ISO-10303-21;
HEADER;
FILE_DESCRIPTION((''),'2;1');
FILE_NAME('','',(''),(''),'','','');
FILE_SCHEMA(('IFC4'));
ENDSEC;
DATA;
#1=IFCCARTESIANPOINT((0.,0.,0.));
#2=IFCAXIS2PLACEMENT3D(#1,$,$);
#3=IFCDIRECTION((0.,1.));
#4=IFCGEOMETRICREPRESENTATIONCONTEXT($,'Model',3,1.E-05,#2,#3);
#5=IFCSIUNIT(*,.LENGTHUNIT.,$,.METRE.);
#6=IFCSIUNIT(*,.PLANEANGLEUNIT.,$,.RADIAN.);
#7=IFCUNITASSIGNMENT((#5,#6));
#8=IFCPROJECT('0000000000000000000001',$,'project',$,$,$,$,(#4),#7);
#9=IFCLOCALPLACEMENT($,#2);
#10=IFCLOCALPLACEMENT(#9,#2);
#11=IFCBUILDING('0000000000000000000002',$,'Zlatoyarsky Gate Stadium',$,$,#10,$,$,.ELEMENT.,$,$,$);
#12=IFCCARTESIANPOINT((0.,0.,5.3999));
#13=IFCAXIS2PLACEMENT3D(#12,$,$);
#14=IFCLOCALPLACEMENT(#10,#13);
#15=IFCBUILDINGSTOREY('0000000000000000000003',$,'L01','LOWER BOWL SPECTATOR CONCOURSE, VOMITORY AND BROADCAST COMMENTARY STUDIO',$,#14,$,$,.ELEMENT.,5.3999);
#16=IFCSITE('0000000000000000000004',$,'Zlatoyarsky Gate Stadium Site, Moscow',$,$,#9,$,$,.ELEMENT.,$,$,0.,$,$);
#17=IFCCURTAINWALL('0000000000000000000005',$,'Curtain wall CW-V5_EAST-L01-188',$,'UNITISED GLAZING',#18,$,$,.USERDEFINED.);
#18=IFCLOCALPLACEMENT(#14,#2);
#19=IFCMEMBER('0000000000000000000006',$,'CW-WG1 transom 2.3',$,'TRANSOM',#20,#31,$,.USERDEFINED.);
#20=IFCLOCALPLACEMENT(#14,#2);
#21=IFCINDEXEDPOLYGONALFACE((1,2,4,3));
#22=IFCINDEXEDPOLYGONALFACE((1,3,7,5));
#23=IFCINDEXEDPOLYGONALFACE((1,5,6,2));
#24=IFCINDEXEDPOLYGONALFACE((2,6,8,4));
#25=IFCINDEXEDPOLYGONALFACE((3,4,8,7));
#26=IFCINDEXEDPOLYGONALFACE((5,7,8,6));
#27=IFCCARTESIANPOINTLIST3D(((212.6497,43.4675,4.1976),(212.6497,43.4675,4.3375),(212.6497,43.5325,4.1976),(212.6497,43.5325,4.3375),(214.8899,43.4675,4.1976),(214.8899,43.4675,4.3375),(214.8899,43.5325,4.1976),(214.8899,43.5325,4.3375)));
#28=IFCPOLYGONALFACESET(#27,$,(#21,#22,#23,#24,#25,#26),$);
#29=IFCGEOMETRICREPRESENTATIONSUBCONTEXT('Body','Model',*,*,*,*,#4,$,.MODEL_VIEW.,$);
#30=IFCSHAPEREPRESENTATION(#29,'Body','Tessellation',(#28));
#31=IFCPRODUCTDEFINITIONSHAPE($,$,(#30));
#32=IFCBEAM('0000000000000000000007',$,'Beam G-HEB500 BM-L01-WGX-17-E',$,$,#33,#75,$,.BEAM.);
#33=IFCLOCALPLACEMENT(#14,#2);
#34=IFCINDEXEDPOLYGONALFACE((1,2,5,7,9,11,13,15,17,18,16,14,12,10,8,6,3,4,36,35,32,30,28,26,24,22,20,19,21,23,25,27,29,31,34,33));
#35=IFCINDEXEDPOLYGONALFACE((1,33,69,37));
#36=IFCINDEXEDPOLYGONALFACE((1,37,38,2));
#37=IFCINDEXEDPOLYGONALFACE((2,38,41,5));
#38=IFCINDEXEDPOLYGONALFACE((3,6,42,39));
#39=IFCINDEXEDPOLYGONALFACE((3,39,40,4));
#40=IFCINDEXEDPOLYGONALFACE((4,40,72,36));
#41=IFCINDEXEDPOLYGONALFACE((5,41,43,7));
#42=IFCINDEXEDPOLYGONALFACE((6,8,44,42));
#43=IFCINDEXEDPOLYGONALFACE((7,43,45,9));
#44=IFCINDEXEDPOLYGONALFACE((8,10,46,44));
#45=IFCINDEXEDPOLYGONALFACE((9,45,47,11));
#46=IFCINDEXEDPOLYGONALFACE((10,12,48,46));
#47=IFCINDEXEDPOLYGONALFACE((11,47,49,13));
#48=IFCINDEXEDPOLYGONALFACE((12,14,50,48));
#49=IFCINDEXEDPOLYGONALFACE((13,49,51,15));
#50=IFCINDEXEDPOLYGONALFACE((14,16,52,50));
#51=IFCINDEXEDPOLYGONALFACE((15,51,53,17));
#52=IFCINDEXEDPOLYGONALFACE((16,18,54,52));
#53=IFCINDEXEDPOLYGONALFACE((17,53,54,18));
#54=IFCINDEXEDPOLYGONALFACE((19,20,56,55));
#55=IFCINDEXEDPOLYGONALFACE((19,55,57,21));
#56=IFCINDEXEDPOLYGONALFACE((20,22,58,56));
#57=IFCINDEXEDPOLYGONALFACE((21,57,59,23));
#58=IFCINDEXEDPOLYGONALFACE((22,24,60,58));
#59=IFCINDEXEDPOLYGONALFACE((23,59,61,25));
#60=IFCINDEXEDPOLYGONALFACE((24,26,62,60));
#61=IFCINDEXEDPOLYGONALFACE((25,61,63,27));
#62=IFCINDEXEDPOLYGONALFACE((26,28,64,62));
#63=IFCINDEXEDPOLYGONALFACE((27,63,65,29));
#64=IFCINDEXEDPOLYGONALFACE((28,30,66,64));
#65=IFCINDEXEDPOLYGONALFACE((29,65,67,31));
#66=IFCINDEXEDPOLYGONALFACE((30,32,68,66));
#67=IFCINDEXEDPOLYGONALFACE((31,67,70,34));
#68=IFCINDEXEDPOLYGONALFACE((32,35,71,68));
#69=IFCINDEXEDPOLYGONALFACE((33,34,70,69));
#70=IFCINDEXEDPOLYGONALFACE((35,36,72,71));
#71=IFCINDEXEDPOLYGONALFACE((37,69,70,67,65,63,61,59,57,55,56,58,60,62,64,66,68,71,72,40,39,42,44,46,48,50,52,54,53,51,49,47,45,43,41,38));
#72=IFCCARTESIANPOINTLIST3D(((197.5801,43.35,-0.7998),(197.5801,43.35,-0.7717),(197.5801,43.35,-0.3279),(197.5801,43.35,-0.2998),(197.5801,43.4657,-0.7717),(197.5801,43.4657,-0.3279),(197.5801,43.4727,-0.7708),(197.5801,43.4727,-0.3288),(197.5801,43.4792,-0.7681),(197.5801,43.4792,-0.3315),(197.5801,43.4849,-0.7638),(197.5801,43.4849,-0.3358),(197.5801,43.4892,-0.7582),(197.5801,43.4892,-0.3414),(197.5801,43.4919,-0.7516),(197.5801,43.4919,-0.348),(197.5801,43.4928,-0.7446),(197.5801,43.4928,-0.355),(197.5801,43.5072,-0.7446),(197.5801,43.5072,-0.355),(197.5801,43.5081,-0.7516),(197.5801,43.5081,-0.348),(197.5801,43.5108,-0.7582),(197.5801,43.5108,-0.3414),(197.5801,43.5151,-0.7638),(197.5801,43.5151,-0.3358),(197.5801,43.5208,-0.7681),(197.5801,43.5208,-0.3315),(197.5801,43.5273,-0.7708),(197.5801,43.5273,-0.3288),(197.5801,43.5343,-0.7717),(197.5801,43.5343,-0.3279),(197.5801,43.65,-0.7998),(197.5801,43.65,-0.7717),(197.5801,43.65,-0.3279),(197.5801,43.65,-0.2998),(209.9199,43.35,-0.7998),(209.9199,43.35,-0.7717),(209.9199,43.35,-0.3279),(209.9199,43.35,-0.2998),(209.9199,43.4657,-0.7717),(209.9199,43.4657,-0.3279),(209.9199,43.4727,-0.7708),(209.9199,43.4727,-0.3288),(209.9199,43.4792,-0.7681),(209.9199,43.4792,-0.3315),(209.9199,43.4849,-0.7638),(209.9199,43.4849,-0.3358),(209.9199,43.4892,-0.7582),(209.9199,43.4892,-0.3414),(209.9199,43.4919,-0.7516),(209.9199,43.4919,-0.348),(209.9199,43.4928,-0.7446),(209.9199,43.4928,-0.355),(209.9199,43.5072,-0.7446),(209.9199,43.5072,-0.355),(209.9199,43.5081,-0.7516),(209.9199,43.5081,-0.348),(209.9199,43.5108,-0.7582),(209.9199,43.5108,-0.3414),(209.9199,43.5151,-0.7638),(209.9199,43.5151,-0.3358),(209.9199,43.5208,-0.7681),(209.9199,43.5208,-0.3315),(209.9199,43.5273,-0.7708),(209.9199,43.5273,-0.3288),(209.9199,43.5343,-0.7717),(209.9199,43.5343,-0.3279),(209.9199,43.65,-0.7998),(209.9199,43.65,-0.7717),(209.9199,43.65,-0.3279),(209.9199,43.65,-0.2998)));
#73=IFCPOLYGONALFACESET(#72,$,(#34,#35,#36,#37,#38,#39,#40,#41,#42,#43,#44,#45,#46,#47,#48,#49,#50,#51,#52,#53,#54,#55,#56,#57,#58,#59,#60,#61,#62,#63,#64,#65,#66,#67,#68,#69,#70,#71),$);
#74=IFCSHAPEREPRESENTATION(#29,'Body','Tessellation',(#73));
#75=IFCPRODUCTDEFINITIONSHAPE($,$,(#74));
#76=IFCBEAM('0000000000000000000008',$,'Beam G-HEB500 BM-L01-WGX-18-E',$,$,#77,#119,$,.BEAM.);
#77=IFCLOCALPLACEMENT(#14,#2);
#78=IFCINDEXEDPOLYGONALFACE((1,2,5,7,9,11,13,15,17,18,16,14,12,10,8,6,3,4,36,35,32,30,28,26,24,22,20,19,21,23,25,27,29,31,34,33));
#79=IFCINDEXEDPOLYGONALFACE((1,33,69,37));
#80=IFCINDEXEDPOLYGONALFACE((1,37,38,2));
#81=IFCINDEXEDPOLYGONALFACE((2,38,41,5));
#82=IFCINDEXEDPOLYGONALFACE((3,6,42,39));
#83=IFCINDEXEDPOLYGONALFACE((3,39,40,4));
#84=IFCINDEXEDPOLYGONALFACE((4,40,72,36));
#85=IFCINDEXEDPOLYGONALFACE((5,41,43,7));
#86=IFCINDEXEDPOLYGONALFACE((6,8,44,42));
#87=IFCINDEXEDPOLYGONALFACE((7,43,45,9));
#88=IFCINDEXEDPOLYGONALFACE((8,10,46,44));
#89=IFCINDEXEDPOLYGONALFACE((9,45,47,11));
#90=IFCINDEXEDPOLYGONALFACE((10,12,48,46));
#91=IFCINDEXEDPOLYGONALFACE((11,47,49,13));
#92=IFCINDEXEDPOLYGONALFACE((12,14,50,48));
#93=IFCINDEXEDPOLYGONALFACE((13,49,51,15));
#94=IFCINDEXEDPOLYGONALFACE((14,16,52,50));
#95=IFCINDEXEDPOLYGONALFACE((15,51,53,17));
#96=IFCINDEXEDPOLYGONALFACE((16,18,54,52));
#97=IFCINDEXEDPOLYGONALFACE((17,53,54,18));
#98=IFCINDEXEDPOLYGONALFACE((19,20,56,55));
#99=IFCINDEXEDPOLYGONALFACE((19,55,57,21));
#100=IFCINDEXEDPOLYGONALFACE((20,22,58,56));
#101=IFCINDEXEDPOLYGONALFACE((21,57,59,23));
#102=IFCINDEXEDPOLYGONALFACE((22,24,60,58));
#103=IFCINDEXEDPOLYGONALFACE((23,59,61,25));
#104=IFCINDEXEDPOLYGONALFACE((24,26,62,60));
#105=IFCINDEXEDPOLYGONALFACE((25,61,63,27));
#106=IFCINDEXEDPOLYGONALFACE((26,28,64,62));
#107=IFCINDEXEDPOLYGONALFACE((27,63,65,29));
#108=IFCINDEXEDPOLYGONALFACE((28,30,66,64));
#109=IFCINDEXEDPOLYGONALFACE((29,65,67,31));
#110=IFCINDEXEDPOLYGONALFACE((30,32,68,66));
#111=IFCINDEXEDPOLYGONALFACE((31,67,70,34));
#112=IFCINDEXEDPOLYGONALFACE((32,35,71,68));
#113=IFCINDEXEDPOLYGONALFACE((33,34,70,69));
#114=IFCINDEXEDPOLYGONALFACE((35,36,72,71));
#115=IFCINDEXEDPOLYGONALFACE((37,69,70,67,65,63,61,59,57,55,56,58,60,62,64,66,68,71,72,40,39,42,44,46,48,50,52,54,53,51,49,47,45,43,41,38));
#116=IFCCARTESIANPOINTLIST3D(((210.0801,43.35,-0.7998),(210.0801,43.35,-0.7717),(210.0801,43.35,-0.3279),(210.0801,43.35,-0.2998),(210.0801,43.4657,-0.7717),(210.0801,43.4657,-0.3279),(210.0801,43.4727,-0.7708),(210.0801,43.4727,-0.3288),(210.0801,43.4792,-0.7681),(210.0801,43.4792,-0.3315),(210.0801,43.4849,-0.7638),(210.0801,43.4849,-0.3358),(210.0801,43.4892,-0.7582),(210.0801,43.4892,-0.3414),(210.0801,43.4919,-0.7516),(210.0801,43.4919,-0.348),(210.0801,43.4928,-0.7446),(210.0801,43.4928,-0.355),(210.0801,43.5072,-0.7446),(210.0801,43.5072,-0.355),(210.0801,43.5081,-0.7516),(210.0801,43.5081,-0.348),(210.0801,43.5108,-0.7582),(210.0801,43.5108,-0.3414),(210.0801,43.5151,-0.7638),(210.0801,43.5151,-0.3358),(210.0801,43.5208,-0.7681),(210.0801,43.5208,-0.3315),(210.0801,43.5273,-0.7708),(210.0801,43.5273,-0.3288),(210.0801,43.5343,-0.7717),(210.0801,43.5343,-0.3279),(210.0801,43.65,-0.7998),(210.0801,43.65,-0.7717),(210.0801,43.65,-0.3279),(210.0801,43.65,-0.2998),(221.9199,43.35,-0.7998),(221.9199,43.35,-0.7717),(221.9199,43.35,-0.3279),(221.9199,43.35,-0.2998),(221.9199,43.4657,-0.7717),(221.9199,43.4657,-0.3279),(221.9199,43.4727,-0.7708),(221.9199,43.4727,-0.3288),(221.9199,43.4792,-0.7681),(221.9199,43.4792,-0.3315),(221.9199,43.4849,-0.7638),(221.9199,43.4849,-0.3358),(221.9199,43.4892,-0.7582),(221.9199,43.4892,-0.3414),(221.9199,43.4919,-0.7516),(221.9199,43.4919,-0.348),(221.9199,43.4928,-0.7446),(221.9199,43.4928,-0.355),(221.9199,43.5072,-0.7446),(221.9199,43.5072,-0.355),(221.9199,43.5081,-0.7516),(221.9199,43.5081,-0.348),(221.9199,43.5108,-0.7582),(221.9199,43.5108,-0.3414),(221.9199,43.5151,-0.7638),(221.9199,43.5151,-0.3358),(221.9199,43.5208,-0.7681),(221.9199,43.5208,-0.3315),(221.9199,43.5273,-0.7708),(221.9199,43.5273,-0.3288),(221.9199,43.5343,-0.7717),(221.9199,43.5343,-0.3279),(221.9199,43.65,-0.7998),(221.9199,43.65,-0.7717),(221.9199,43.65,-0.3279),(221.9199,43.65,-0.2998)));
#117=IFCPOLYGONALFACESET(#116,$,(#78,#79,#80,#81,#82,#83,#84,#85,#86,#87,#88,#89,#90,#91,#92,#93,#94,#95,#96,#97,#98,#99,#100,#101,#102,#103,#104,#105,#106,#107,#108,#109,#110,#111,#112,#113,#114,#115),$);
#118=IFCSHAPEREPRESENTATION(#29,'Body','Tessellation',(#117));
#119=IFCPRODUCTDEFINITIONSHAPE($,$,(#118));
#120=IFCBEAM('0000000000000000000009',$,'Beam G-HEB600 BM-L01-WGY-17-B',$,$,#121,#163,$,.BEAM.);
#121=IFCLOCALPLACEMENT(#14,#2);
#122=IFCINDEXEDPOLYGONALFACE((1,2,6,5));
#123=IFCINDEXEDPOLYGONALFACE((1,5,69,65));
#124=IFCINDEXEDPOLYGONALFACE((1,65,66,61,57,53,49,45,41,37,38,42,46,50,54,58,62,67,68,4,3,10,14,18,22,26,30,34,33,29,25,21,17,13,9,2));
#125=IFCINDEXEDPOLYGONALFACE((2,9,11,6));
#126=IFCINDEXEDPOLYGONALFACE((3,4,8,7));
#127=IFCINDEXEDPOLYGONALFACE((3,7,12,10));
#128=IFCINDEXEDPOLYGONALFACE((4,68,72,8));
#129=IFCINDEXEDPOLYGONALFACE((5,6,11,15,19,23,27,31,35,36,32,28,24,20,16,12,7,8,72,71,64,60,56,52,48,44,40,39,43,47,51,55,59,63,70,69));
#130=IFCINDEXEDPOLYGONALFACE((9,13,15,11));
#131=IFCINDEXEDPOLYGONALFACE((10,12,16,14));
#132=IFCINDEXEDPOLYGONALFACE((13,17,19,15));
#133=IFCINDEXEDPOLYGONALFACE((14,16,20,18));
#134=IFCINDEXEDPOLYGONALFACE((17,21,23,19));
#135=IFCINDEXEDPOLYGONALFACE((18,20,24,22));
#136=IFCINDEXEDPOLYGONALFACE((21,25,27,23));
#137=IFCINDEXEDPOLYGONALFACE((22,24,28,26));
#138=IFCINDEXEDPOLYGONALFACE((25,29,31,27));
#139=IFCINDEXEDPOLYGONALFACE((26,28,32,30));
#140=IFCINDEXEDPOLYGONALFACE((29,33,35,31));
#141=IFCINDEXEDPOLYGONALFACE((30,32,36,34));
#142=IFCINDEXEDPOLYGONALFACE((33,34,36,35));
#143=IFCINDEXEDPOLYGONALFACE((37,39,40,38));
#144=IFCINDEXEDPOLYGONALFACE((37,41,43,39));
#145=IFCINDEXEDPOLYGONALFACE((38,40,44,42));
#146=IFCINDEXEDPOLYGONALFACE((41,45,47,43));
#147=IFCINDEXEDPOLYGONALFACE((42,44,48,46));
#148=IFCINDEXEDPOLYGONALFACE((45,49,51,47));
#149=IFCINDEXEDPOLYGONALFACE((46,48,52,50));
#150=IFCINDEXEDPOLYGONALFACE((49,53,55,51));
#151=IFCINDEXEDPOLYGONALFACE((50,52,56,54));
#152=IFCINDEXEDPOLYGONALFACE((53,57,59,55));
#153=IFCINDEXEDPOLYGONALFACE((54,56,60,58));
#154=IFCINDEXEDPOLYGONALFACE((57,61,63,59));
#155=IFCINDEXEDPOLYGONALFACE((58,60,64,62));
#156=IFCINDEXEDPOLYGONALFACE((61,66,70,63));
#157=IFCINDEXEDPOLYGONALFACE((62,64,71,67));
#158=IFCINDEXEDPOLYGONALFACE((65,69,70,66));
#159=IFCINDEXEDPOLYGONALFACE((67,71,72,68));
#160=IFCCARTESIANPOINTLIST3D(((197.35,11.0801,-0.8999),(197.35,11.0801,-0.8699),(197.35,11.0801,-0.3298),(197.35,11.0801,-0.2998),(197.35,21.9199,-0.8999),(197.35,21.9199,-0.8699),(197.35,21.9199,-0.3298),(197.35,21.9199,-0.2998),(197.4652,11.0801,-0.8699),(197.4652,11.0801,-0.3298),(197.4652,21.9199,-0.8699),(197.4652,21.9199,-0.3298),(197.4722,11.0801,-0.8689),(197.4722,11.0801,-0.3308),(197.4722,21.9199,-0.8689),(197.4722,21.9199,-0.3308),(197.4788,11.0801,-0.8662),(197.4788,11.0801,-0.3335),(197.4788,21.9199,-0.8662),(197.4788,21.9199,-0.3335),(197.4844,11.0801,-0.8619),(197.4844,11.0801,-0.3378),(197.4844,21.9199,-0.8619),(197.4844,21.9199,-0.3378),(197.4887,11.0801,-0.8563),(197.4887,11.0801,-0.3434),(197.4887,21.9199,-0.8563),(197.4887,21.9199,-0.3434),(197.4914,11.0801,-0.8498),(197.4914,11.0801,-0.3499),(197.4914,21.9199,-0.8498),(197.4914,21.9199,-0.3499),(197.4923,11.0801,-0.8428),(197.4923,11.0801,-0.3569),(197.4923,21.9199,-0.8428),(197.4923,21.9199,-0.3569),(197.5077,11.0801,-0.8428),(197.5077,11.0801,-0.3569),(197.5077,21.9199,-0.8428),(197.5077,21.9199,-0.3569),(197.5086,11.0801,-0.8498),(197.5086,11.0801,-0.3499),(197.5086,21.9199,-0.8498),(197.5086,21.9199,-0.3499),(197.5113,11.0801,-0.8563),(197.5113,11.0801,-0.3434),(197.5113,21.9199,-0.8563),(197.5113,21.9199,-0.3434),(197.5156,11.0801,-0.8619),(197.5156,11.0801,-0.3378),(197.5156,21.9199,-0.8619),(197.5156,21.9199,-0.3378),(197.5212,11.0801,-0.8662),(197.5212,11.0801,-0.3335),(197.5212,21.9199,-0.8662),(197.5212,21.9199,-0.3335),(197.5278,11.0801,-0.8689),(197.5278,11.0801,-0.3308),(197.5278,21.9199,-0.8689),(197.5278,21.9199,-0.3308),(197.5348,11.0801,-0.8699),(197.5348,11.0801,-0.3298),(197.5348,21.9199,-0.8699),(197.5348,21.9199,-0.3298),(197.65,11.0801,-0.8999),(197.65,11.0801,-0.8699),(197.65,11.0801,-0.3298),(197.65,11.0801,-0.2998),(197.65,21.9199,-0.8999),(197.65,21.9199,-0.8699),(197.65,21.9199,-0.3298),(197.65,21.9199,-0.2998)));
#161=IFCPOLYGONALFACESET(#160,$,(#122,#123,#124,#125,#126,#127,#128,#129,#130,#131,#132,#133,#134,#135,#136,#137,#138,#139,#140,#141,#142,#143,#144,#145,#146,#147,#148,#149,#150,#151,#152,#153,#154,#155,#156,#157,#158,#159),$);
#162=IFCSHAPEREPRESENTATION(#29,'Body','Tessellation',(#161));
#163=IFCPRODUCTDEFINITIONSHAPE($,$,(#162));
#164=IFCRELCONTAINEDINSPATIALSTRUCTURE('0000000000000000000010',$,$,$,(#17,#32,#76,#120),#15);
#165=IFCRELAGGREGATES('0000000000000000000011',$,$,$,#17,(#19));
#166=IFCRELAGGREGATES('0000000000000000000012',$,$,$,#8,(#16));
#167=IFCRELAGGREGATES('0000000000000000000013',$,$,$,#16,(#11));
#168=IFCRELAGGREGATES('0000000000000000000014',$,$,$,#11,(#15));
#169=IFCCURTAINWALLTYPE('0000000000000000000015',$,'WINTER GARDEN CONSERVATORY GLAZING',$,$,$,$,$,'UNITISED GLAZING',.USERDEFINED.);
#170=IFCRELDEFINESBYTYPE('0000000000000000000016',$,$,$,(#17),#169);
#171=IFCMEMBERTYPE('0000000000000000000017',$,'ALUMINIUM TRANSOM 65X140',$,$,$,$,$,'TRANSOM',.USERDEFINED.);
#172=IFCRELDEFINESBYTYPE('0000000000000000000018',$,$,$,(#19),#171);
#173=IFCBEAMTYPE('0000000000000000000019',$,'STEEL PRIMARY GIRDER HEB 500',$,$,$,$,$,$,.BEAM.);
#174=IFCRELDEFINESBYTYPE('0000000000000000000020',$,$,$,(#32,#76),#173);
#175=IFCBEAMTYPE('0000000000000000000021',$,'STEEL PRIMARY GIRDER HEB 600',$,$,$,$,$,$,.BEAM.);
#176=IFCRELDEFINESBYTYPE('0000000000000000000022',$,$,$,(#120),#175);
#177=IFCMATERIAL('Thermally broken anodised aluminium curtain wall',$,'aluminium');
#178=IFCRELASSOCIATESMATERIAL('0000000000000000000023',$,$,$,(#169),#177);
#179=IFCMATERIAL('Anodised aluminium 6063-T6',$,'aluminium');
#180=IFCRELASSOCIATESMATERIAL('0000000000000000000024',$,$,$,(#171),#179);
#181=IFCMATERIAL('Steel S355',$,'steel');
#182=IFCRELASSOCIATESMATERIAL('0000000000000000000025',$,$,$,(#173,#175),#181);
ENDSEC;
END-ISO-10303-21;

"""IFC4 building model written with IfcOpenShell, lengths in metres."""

from ifc_helpers import new_model, si_unit, direction, frame, origin, origin_2d, place, context, subcontext, project, spatial, rectangle, i_section, extrude, material, material_profile, profile_set, type_object, element, aggregate, save


model = new_model("IFC4")

# Units and contexts
model_context = context("Model", 3, precision=1e-05, world=origin(), true_north=direction((0.0, 1.0)))
body_context = subcontext(model_context, "Body", "Model", "MODEL_VIEW")
ifc_project = project(units=[si_unit("LENGTHUNIT", "METRE"), si_unit("PLANEANGLEUNIT", "RADIAN")], contexts=[model_context])

# Site, building, storey
site_placement = place(None, origin())
site = spatial("IfcSite", under=ifc_project, at=site_placement, Name="Zlatoyarsky Gate Stadium Site, Moscow", CompositionType="ELEMENT", RefElevation=0.0)
building_placement = place(site_placement, origin())
building = spatial("IfcBuilding", under=site, at=building_placement, Name="Zlatoyarsky Gate Stadium", CompositionType="ELEMENT")
storey_placement = place(building_placement, frame((0.0, 0.0, 5.3999)))
storey = spatial("IfcBuildingStorey", under=building, at=storey_placement, Name="L01", Description="LOWER BOWL SPECTATOR CONCOURSE, VOMITORY AND BROADCAST COMMENTARY STUDIO", CompositionType="ELEMENT", Elevation=5.3999)

# Shared definitions
ifc_material_1 = material(Name="Steel S355", Category="steel")

# Curtain wall, member
ifc_material_2 = material(Name="Thermally broken anodised aluminium curtain wall", Category="aluminium")
curtain_wall_type_1 = type_object("IfcCurtainWallType", Name="WINTER GARDEN CONSERVATORY GLAZING", ElementType="UNITISED GLAZING", PredefinedType="USERDEFINED", material=ifc_material_2)
curtain_wall_1_placement = place(storey_placement, origin())
curtain_wall_1 = element("IfcCurtainWall", 1, at=curtain_wall_1_placement, inside=storey, type_object=curtain_wall_type_1, Name="Curtain wall CW-V5_EAST-L01-188", ObjectType="UNITISED GLAZING", PredefinedType="USERDEFINED")
ifc_material_3 = material(Name="Anodised aluminium 6063-T6", Category="aluminium")
ifc_material_profile_1 = material_profile(ifc_material_3, rectangle(XDim=0.0649, YDim=0.1399, at=origin_2d()), Name="ALU 65X140")
ifc_profile_set_1 = profile_set([ifc_material_profile_1], Name="Anodised aluminium 6063-T6")
member_type_1 = type_object("IfcMemberType", Name="ALUMINIUM TRANSOM 65X140", ElementType="TRANSOM", PredefinedType="USERDEFINED", material=ifc_profile_set_1)
member_1_placement = place(storey_placement, frame((212.6497, 43.5, 4.2676), z_axis=(1.0, 0.0, 0.0), x_axis=(0.0, 1.0, 0.0)))
member_1 = element("IfcMember", 2, at=member_1_placement, type_object=member_type_1, Name="CW-WG1 transom 2.3", ObjectType="TRANSOM", PredefinedType="USERDEFINED", context=body_context, shape_type="SweptSolid", body=[
    extrude(rectangle(XDim=0.0649, YDim=0.1399, at=origin_2d()), origin(), (0.0, 0.0, 1.0), 2.2402),
])

# Beams
ifc_material_profile_2 = material_profile(ifc_material_1, i_section(OverallWidth=0.3, OverallDepth=0.5, WebThickness=0.0144, FlangeThickness=0.0281, FilletRadius=0.0271, at=origin_2d()), Name="HEB 500")
ifc_profile_set_2 = profile_set([ifc_material_profile_2], Name="Steel S355")
beam_type_1 = type_object("IfcBeamType", Name="STEEL PRIMARY GIRDER HEB 500", PredefinedType="BEAM", material=ifc_profile_set_2)
beam_1_placement = place(storey_placement, frame((197.5801, 43.5, -0.5498), z_axis=(1.0, 0.0, 0.0), x_axis=(0.0, 1.0, 0.0)))
element("IfcBeam", 3, at=beam_1_placement, inside=storey, type_object=beam_type_1, Name="Beam G-HEB500 BM-L01-WGX-17-E", PredefinedType="BEAM", context=body_context, shape_type="SweptSolid", body=[
    extrude(i_section(OverallWidth=0.3, OverallDepth=0.5, WebThickness=0.0144, FlangeThickness=0.0281, FilletRadius=0.0271, at=origin_2d()), origin(), (0.0, 0.0, 1.0), 12.3398),
])
beam_2_placement = place(storey_placement, frame((210.0801, 43.5, -0.5498), z_axis=(1.0, 0.0, 0.0), x_axis=(0.0, 1.0, 0.0)))
element("IfcBeam", 4, at=beam_2_placement, inside=storey, type_object=beam_type_1, Name="Beam G-HEB500 BM-L01-WGX-18-E", PredefinedType="BEAM", context=body_context, shape_type="SweptSolid", body=[
    extrude(i_section(OverallWidth=0.3, OverallDepth=0.5, WebThickness=0.0144, FlangeThickness=0.0281, FilletRadius=0.0271, at=origin_2d()), origin(), (0.0, 0.0, 1.0), 11.8398),
])
ifc_material_profile_3 = material_profile(ifc_material_1, i_section(OverallWidth=0.3, OverallDepth=0.6001, WebThickness=0.0154, FlangeThickness=0.03, FilletRadius=0.0271, at=origin_2d()), Name="HEB 600")
ifc_profile_set_3 = profile_set([ifc_material_profile_3], Name="Steel S355")
beam_type_2 = type_object("IfcBeamType", Name="STEEL PRIMARY GIRDER HEB 600", PredefinedType="BEAM", material=ifc_profile_set_3)
for number, where, z_axis, x_axis, name in (
    (5, (197.5, 11.0801, -0.5999), (0.0, 1.0, 0.0), (-1.0, 0.0, 0.0), "Beam G-HEB600 BM-L01-WGY-17-B"),
):
    element("IfcBeam", number, at=place(storey_placement, frame(where, z_axis=z_axis, x_axis=x_axis)), inside=storey, type_object=beam_type_2, Name=name, PredefinedType="BEAM", context=body_context, shape_type="SweptSolid", body=[
        extrude(i_section(OverallWidth=0.3, OverallDepth=0.6001, WebThickness=0.0154, FlangeThickness=0.03, FilletRadius=0.0271, at=origin_2d()), origin(), (0.0, 0.0, 1.0), 10.8398),
    ])

aggregate(curtain_wall_1, [member_1])

save(model, "model.ifc")
